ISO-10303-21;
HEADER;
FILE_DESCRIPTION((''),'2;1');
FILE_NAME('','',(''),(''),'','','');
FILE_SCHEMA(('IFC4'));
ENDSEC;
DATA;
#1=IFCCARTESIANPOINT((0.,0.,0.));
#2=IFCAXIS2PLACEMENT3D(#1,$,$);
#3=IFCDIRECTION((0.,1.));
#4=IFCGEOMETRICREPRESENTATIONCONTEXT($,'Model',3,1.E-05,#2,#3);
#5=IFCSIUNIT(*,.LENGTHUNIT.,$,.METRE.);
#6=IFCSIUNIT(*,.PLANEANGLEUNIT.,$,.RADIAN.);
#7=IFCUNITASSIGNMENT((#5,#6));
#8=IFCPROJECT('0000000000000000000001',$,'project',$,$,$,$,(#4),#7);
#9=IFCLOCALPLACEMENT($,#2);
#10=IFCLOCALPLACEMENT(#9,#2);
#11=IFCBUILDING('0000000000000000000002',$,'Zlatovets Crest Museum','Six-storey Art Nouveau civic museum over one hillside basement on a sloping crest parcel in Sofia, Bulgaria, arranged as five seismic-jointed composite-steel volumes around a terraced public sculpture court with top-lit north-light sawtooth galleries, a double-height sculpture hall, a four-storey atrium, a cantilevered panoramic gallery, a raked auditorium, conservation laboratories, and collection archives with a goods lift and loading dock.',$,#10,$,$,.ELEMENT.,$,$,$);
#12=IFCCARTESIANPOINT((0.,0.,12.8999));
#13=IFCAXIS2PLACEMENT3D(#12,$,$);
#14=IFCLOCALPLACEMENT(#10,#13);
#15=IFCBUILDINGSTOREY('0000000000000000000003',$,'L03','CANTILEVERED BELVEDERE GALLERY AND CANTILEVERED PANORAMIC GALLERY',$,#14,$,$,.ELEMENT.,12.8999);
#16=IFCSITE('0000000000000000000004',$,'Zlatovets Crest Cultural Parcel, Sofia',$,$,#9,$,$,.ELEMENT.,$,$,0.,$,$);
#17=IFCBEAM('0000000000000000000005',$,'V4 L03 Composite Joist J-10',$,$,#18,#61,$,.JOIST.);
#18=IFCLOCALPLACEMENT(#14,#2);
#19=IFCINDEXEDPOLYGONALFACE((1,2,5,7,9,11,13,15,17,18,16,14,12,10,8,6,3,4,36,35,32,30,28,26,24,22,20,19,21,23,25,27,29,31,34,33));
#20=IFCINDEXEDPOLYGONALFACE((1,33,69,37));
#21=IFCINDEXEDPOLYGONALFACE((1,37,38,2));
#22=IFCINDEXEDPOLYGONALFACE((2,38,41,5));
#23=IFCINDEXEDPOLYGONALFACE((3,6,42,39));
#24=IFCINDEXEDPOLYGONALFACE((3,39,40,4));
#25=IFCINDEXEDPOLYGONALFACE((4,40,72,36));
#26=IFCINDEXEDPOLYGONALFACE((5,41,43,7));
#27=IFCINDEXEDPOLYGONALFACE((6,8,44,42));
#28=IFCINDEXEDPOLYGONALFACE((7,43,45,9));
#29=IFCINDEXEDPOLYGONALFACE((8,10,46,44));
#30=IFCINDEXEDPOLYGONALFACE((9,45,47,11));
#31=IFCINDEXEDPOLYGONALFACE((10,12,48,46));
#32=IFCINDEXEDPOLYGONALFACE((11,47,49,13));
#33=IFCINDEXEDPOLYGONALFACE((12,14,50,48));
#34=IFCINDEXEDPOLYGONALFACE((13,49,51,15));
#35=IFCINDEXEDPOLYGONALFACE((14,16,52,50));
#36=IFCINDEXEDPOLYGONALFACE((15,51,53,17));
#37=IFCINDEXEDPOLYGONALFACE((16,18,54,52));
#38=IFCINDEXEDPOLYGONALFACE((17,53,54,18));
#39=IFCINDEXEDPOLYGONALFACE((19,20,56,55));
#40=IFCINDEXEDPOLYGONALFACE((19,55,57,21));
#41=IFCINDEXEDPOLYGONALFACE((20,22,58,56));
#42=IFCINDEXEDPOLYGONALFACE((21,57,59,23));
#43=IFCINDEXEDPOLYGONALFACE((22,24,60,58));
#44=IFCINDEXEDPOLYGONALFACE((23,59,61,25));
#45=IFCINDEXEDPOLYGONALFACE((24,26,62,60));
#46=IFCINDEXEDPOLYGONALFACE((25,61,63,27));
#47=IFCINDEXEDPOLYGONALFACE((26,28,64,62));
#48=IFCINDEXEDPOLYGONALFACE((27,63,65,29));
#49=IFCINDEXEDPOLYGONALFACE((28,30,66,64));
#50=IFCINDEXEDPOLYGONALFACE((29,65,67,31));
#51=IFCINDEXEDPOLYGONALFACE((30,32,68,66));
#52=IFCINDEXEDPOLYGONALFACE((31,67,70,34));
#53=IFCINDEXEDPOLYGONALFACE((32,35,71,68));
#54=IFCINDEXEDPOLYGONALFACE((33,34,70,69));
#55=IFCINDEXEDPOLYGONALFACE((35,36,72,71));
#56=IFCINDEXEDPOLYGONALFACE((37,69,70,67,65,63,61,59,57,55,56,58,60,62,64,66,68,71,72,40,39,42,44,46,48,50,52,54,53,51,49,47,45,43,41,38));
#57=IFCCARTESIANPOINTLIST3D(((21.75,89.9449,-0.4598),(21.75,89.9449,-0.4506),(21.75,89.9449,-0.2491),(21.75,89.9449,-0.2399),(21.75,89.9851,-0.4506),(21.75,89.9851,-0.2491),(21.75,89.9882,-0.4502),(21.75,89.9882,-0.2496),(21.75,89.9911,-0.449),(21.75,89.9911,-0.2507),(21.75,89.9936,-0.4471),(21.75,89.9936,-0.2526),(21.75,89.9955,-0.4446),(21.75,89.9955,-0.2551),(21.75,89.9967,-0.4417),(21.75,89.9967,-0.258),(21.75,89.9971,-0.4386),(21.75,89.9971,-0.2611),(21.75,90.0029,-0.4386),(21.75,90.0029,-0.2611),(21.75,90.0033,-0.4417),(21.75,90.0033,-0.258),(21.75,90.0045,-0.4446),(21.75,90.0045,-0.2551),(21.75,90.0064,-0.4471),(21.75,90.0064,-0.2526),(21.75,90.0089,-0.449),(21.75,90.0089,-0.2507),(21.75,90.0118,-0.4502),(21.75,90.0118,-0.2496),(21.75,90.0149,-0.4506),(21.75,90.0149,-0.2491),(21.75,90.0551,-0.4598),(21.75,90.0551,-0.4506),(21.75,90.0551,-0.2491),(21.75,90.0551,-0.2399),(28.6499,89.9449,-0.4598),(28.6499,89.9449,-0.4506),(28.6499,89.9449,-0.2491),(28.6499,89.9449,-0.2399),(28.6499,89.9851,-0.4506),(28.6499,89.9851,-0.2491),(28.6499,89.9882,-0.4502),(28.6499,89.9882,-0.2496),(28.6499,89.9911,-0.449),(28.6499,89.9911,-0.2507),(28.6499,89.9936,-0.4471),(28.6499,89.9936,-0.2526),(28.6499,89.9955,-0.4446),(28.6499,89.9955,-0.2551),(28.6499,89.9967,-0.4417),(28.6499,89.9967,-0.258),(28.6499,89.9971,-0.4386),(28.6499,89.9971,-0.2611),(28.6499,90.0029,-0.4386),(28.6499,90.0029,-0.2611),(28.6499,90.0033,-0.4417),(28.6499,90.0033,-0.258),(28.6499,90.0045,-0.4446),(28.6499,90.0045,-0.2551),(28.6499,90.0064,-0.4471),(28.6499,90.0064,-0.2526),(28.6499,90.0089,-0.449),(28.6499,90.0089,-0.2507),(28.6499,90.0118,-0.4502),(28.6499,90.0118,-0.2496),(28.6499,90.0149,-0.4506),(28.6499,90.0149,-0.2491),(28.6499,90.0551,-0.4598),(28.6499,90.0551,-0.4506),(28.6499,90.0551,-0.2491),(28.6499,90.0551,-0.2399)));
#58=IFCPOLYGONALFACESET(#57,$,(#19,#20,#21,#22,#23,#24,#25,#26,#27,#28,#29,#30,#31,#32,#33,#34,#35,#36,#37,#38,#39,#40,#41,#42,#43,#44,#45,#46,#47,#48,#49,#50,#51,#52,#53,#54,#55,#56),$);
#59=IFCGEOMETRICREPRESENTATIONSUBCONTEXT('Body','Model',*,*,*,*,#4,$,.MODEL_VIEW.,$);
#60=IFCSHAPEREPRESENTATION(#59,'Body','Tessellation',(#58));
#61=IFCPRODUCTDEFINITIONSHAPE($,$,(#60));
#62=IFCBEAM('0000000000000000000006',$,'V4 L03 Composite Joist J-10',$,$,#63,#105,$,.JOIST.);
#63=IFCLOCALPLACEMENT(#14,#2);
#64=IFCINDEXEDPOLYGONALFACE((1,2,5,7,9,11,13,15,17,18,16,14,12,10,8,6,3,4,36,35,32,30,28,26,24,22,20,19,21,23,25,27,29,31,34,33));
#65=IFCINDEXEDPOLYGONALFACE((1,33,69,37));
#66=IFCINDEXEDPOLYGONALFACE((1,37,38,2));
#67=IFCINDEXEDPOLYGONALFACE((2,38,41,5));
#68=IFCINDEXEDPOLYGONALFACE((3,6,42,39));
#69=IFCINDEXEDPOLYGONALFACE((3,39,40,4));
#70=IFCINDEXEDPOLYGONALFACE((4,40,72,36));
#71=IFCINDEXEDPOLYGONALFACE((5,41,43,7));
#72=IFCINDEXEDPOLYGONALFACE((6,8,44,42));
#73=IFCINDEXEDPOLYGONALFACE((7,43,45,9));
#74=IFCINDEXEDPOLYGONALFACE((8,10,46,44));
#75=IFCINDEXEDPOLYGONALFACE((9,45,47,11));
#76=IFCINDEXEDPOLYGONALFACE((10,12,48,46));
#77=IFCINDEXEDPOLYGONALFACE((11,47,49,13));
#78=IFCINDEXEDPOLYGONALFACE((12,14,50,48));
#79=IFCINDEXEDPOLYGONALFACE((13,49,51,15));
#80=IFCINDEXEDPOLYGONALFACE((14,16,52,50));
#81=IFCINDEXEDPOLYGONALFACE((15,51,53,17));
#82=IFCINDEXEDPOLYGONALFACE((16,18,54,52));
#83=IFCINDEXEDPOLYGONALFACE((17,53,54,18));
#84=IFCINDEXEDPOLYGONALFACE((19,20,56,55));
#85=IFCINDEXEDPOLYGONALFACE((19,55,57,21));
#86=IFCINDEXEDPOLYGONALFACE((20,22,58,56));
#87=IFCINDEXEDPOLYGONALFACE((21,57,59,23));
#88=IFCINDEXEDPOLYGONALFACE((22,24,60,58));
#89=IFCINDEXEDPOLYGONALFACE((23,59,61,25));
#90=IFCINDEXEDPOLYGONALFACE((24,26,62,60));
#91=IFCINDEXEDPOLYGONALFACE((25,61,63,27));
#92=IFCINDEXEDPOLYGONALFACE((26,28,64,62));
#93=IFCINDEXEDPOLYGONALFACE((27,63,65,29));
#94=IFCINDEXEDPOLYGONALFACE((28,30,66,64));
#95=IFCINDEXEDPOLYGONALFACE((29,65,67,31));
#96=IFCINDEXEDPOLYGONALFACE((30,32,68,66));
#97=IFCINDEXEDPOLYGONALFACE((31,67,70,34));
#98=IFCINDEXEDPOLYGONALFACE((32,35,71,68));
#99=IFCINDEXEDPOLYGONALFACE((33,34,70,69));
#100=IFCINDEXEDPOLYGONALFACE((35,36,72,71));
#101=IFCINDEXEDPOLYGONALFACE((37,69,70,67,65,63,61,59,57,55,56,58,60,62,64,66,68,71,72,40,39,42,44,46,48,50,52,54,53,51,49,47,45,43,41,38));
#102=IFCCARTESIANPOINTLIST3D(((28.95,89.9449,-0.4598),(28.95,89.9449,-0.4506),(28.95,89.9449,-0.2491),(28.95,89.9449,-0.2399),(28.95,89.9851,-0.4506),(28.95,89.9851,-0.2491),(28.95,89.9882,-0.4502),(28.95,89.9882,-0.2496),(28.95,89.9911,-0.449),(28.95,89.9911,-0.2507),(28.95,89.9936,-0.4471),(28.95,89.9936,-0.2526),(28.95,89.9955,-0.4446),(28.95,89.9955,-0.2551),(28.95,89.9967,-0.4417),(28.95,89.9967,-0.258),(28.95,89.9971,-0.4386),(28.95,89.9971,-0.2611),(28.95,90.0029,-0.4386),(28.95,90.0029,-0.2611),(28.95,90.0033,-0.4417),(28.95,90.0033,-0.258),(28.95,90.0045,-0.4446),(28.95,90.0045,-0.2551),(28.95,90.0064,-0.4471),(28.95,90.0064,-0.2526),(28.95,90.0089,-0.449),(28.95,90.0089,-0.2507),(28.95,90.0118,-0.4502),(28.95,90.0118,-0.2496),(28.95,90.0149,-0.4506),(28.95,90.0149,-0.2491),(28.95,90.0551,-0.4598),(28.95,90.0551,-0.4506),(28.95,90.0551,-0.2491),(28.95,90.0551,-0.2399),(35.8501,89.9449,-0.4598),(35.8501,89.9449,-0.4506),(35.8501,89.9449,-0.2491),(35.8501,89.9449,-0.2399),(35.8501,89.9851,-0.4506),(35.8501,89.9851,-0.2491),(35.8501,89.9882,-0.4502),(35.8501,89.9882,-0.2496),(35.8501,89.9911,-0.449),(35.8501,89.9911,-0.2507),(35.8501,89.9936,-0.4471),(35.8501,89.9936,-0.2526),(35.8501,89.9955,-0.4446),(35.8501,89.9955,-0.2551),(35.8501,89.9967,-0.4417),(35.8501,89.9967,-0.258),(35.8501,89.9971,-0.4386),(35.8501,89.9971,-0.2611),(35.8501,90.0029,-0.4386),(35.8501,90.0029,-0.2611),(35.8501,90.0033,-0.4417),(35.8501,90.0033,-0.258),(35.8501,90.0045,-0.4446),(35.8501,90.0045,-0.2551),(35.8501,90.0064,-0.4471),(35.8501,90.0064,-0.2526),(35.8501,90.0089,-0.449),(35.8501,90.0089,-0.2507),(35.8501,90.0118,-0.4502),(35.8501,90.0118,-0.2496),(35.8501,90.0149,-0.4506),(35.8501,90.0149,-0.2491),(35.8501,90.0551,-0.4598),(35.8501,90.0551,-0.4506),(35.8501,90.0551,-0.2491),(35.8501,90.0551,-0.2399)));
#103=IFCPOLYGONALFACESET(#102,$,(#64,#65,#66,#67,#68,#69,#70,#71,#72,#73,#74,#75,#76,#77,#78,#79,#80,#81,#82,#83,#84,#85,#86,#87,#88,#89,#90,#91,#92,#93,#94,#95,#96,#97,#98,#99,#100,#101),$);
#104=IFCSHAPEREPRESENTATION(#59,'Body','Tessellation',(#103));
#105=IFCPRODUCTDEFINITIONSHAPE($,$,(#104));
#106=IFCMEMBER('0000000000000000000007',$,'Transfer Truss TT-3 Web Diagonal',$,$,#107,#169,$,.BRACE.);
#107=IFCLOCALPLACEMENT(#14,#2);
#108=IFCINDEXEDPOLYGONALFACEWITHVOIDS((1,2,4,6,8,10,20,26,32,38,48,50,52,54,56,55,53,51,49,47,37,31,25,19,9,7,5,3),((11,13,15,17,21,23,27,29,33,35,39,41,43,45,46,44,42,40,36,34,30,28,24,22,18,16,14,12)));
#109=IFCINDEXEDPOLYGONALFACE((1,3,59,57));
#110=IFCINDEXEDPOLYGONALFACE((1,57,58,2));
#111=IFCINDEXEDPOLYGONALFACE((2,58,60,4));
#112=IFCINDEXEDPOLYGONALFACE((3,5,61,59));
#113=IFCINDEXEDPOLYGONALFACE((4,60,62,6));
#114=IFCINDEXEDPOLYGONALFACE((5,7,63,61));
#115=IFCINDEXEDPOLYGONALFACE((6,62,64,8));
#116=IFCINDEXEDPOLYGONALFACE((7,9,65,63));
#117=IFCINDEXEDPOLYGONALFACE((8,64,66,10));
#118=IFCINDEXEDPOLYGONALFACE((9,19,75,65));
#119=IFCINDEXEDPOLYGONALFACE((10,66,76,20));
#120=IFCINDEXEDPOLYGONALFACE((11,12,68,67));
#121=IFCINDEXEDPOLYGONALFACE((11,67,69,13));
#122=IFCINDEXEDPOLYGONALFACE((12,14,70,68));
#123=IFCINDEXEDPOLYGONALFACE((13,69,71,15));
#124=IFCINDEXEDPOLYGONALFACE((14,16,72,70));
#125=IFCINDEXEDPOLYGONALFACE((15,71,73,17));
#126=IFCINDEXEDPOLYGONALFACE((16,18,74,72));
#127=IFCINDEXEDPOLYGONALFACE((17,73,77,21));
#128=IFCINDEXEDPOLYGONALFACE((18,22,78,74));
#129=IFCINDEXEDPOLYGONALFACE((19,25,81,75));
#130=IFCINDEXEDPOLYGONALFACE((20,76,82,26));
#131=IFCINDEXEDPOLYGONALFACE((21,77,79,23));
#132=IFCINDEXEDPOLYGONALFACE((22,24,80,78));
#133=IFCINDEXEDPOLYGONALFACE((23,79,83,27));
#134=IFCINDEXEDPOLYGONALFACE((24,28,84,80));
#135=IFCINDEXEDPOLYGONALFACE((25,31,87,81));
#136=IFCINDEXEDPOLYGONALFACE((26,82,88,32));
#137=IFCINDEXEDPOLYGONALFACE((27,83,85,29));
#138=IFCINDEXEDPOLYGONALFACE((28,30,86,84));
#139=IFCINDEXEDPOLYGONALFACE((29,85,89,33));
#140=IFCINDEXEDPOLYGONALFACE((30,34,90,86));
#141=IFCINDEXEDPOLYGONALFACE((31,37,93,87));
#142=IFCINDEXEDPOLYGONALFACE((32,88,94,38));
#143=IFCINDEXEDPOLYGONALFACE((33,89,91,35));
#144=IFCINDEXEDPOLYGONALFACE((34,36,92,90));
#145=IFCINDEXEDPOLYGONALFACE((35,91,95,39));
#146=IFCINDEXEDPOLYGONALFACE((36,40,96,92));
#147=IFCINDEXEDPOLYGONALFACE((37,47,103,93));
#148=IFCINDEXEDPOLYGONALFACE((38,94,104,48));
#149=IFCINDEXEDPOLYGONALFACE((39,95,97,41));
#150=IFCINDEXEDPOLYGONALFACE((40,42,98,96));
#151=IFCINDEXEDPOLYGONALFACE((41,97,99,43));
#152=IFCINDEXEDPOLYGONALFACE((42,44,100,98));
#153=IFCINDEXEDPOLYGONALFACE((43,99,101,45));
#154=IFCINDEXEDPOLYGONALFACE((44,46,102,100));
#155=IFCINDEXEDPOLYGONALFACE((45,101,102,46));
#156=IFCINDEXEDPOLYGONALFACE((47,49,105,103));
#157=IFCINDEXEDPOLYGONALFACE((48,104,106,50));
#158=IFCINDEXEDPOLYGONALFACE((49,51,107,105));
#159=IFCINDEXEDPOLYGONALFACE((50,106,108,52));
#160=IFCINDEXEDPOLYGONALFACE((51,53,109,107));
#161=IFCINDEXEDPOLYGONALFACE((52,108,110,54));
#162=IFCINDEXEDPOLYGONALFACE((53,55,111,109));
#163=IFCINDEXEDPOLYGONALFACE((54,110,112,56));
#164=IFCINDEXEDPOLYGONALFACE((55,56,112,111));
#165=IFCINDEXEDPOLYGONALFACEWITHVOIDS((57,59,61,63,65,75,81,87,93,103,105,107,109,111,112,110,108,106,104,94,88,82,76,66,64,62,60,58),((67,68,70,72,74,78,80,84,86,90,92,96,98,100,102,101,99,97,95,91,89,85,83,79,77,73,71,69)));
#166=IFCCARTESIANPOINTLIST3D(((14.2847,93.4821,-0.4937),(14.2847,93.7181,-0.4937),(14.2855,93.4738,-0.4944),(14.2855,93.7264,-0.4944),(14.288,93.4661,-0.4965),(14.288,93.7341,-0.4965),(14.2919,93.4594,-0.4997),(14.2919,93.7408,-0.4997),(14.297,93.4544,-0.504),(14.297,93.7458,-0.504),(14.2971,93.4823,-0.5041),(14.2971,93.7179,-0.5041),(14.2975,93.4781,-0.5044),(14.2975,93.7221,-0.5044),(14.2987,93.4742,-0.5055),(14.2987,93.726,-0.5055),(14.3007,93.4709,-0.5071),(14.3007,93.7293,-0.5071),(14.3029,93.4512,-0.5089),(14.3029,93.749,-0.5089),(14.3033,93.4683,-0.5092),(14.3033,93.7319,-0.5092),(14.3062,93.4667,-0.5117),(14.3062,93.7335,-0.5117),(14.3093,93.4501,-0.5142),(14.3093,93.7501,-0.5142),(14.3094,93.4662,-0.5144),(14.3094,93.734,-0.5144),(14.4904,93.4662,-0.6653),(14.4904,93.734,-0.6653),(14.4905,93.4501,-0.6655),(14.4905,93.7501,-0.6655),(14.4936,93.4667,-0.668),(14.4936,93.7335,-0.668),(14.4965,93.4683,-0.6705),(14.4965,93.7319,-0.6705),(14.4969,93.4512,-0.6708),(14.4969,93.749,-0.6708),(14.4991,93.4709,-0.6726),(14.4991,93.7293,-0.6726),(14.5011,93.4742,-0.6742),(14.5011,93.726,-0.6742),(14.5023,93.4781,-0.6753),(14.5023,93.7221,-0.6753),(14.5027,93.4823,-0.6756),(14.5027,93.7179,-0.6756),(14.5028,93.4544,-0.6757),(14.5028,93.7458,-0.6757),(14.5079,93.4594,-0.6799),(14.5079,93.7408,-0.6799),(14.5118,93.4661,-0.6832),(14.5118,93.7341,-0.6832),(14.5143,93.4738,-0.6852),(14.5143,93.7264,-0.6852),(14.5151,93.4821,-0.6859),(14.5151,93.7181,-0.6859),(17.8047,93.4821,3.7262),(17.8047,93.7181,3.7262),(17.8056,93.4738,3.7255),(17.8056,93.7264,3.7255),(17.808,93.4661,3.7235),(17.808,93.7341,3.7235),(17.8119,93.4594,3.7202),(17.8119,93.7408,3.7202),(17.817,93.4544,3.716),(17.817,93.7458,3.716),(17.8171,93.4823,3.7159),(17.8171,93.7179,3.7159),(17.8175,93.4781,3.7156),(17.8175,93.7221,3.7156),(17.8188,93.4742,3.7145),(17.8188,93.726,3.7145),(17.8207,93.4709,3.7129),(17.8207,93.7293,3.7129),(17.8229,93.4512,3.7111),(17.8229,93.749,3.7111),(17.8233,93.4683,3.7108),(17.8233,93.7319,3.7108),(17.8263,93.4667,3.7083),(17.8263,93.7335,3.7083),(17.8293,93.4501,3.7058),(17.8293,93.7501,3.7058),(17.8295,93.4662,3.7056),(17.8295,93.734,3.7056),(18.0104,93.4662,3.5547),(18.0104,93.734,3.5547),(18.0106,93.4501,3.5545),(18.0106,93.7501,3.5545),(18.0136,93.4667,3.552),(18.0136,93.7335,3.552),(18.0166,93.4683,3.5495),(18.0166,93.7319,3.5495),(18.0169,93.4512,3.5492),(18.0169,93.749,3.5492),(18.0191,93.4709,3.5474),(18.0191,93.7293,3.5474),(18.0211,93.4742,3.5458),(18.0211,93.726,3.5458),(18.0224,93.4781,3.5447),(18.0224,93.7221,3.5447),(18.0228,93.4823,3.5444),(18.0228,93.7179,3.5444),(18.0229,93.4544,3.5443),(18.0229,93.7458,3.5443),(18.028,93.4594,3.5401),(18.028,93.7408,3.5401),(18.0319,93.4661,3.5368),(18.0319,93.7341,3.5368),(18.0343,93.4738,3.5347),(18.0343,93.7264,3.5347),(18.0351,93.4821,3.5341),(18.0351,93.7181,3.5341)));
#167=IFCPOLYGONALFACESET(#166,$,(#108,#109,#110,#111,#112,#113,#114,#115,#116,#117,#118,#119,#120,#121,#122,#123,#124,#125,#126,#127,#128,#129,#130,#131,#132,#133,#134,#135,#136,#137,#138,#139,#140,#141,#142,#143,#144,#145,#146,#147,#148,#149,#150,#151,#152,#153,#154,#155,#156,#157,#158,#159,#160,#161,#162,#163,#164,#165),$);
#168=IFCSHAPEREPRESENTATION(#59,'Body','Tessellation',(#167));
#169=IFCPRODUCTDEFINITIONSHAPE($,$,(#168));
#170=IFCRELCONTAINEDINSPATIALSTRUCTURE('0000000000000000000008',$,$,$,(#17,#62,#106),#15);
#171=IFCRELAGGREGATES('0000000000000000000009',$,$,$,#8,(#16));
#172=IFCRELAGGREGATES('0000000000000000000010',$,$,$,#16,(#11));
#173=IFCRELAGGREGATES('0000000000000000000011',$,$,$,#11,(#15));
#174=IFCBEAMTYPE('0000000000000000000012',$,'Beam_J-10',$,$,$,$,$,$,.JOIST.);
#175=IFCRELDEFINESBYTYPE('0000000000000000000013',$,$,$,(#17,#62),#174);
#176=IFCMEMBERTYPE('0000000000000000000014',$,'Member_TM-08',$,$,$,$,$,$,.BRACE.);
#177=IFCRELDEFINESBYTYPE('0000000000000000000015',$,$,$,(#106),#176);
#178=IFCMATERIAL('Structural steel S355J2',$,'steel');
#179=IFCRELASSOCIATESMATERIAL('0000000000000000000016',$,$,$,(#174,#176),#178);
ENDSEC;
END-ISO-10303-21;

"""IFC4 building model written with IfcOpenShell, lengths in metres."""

from ifc_helpers import new_model, si_unit, direction, frame, origin, origin_2d, place, context, subcontext, project, spatial, hollow_rectangle, i_section, extrude, material, material_profile, profile_set, type_object, element, save


model = new_model("IFC4")

# Units and contexts
model_context = context("Model", 3, precision=1e-05, world=origin(), true_north=direction((0.0, 1.0)))
body_context = subcontext(model_context, "Body", "Model", "MODEL_VIEW")
ifc_project = project(units=[si_unit("LENGTHUNIT", "METRE"), si_unit("PLANEANGLEUNIT", "RADIAN")], contexts=[model_context])

# Site, building, storey
site_placement = place(None, origin())
site = spatial("IfcSite", under=ifc_project, at=site_placement, Name="Zlatovets Crest Cultural Parcel, Sofia", CompositionType="ELEMENT", RefElevation=0.0)
building_placement = place(site_placement, origin())
building = spatial("IfcBuilding", under=site, at=building_placement, Name="Zlatovets Crest Museum", Description="Six-storey Art Nouveau civic museum over one hillside basement on a sloping crest parcel in Sofia, Bulgaria, arranged as five seismic-jointed composite-steel volumes around a terraced public sculpture court with top-lit north-light sawtooth galleries, a double-height sculpture hall, a four-storey atrium, a cantilevered panoramic gallery, a raked auditorium, conservation laboratories, and collection archives with a goods lift and loading dock.", CompositionType="ELEMENT")
storey_placement = place(building_placement, frame((0.0, 0.0, 12.8999)))
storey = spatial("IfcBuildingStorey", under=building, at=storey_placement, Name="L03", Description="CANTILEVERED BELVEDERE GALLERY AND CANTILEVERED PANORAMIC GALLERY", CompositionType="ELEMENT", Elevation=12.8999)

# Shared definitions
ifc_material_1 = material(Name="Structural steel S355J2", Category="steel")

# Beams
ifc_material_profile_1 = material_profile(ifc_material_1, i_section(OverallWidth=0.1101, OverallDepth=0.22, WebThickness=0.0059, FlangeThickness=0.0093, FilletRadius=0.012, at=origin_2d()), Name="IPE 220")
ifc_profile_set_1 = profile_set([ifc_material_profile_1], Name="Structural steel S355J2")
beam_type_1 = type_object("IfcBeamType", Name="Beam_J-10", PredefinedType="JOIST", material=ifc_profile_set_1)
for number, where, z_axis, x_axis, name in (
    (1, (21.75, 90.0, -0.3499), (1.0, 0.0, 0.0), (0.0, 1.0, 0.0), "V4 L03 Composite Joist J-10"),
):
    element("IfcBeam", number, at=place(storey_placement, frame(where, z_axis=z_axis, x_axis=x_axis)), inside=storey, type_object=beam_type_1, Name=name, PredefinedType="JOIST", context=body_context, shape_type="SweptSolid", body=[
        extrude(i_section(OverallWidth=0.1101, OverallDepth=0.22, WebThickness=0.0059, FlangeThickness=0.0093, FilletRadius=0.012, at=origin_2d()), origin(), (0.0, 0.0, 1.0), 6.8999),
    ])
beam_1_placement = place(storey_placement, frame((28.95, 90.0, -0.3499), z_axis=(1.0, 0.0, 0.0), x_axis=(0.0, 1.0, 0.0)))
element("IfcBeam", 2, at=beam_1_placement, inside=storey, type_object=beam_type_1, Name="V4 L03 Composite Joist J-10", PredefinedType="JOIST", context=body_context, shape_type="SweptSolid", body=[
    extrude(i_section(OverallWidth=0.1101, OverallDepth=0.22, WebThickness=0.0059, FlangeThickness=0.0093, FilletRadius=0.012, at=origin_2d()), origin(), (0.0, 0.0, 1.0), 6.9001),
])

# Member
ifc_material_profile_2 = material_profile(ifc_material_1, hollow_rectangle(XDim=0.3, YDim=0.3, WallThickness=0.0161, InnerFilletRadius=0.0161, OuterFilletRadius=0.032, at=origin_2d()), Name="SHS 300x300x16.0")
ifc_profile_set_2 = profile_set([ifc_material_profile_2], Name="Structural steel S355J2")
member_type = type_object("IfcMemberType", Name="Member_TM-08", PredefinedType="BRACE", material=ifc_profile_set_2)
for number, where, z_axis, x_axis, name in (
    (3, (14.3999, 93.6001, -0.5898), (0.640547, 0.0, 0.767919), (0.0, 1.0, 0.0), "Transfer Truss TT-3 Web Diagonal"),
):
    element("IfcMember", number, at=place(storey_placement, frame(where, z_axis=z_axis, x_axis=x_axis)), inside=storey, type_object=member_type, Name=name, PredefinedType="BRACE", context=body_context, shape_type="SweptSolid", body=[
        extrude(hollow_rectangle(XDim=0.3, YDim=0.3, WallThickness=0.0161, InnerFilletRadius=0.0161, OuterFilletRadius=0.032, at=origin_2d()), origin(), (0.0, 0.0, 1.0), 5.4954),
    ])

save(model, "model.ifc")
